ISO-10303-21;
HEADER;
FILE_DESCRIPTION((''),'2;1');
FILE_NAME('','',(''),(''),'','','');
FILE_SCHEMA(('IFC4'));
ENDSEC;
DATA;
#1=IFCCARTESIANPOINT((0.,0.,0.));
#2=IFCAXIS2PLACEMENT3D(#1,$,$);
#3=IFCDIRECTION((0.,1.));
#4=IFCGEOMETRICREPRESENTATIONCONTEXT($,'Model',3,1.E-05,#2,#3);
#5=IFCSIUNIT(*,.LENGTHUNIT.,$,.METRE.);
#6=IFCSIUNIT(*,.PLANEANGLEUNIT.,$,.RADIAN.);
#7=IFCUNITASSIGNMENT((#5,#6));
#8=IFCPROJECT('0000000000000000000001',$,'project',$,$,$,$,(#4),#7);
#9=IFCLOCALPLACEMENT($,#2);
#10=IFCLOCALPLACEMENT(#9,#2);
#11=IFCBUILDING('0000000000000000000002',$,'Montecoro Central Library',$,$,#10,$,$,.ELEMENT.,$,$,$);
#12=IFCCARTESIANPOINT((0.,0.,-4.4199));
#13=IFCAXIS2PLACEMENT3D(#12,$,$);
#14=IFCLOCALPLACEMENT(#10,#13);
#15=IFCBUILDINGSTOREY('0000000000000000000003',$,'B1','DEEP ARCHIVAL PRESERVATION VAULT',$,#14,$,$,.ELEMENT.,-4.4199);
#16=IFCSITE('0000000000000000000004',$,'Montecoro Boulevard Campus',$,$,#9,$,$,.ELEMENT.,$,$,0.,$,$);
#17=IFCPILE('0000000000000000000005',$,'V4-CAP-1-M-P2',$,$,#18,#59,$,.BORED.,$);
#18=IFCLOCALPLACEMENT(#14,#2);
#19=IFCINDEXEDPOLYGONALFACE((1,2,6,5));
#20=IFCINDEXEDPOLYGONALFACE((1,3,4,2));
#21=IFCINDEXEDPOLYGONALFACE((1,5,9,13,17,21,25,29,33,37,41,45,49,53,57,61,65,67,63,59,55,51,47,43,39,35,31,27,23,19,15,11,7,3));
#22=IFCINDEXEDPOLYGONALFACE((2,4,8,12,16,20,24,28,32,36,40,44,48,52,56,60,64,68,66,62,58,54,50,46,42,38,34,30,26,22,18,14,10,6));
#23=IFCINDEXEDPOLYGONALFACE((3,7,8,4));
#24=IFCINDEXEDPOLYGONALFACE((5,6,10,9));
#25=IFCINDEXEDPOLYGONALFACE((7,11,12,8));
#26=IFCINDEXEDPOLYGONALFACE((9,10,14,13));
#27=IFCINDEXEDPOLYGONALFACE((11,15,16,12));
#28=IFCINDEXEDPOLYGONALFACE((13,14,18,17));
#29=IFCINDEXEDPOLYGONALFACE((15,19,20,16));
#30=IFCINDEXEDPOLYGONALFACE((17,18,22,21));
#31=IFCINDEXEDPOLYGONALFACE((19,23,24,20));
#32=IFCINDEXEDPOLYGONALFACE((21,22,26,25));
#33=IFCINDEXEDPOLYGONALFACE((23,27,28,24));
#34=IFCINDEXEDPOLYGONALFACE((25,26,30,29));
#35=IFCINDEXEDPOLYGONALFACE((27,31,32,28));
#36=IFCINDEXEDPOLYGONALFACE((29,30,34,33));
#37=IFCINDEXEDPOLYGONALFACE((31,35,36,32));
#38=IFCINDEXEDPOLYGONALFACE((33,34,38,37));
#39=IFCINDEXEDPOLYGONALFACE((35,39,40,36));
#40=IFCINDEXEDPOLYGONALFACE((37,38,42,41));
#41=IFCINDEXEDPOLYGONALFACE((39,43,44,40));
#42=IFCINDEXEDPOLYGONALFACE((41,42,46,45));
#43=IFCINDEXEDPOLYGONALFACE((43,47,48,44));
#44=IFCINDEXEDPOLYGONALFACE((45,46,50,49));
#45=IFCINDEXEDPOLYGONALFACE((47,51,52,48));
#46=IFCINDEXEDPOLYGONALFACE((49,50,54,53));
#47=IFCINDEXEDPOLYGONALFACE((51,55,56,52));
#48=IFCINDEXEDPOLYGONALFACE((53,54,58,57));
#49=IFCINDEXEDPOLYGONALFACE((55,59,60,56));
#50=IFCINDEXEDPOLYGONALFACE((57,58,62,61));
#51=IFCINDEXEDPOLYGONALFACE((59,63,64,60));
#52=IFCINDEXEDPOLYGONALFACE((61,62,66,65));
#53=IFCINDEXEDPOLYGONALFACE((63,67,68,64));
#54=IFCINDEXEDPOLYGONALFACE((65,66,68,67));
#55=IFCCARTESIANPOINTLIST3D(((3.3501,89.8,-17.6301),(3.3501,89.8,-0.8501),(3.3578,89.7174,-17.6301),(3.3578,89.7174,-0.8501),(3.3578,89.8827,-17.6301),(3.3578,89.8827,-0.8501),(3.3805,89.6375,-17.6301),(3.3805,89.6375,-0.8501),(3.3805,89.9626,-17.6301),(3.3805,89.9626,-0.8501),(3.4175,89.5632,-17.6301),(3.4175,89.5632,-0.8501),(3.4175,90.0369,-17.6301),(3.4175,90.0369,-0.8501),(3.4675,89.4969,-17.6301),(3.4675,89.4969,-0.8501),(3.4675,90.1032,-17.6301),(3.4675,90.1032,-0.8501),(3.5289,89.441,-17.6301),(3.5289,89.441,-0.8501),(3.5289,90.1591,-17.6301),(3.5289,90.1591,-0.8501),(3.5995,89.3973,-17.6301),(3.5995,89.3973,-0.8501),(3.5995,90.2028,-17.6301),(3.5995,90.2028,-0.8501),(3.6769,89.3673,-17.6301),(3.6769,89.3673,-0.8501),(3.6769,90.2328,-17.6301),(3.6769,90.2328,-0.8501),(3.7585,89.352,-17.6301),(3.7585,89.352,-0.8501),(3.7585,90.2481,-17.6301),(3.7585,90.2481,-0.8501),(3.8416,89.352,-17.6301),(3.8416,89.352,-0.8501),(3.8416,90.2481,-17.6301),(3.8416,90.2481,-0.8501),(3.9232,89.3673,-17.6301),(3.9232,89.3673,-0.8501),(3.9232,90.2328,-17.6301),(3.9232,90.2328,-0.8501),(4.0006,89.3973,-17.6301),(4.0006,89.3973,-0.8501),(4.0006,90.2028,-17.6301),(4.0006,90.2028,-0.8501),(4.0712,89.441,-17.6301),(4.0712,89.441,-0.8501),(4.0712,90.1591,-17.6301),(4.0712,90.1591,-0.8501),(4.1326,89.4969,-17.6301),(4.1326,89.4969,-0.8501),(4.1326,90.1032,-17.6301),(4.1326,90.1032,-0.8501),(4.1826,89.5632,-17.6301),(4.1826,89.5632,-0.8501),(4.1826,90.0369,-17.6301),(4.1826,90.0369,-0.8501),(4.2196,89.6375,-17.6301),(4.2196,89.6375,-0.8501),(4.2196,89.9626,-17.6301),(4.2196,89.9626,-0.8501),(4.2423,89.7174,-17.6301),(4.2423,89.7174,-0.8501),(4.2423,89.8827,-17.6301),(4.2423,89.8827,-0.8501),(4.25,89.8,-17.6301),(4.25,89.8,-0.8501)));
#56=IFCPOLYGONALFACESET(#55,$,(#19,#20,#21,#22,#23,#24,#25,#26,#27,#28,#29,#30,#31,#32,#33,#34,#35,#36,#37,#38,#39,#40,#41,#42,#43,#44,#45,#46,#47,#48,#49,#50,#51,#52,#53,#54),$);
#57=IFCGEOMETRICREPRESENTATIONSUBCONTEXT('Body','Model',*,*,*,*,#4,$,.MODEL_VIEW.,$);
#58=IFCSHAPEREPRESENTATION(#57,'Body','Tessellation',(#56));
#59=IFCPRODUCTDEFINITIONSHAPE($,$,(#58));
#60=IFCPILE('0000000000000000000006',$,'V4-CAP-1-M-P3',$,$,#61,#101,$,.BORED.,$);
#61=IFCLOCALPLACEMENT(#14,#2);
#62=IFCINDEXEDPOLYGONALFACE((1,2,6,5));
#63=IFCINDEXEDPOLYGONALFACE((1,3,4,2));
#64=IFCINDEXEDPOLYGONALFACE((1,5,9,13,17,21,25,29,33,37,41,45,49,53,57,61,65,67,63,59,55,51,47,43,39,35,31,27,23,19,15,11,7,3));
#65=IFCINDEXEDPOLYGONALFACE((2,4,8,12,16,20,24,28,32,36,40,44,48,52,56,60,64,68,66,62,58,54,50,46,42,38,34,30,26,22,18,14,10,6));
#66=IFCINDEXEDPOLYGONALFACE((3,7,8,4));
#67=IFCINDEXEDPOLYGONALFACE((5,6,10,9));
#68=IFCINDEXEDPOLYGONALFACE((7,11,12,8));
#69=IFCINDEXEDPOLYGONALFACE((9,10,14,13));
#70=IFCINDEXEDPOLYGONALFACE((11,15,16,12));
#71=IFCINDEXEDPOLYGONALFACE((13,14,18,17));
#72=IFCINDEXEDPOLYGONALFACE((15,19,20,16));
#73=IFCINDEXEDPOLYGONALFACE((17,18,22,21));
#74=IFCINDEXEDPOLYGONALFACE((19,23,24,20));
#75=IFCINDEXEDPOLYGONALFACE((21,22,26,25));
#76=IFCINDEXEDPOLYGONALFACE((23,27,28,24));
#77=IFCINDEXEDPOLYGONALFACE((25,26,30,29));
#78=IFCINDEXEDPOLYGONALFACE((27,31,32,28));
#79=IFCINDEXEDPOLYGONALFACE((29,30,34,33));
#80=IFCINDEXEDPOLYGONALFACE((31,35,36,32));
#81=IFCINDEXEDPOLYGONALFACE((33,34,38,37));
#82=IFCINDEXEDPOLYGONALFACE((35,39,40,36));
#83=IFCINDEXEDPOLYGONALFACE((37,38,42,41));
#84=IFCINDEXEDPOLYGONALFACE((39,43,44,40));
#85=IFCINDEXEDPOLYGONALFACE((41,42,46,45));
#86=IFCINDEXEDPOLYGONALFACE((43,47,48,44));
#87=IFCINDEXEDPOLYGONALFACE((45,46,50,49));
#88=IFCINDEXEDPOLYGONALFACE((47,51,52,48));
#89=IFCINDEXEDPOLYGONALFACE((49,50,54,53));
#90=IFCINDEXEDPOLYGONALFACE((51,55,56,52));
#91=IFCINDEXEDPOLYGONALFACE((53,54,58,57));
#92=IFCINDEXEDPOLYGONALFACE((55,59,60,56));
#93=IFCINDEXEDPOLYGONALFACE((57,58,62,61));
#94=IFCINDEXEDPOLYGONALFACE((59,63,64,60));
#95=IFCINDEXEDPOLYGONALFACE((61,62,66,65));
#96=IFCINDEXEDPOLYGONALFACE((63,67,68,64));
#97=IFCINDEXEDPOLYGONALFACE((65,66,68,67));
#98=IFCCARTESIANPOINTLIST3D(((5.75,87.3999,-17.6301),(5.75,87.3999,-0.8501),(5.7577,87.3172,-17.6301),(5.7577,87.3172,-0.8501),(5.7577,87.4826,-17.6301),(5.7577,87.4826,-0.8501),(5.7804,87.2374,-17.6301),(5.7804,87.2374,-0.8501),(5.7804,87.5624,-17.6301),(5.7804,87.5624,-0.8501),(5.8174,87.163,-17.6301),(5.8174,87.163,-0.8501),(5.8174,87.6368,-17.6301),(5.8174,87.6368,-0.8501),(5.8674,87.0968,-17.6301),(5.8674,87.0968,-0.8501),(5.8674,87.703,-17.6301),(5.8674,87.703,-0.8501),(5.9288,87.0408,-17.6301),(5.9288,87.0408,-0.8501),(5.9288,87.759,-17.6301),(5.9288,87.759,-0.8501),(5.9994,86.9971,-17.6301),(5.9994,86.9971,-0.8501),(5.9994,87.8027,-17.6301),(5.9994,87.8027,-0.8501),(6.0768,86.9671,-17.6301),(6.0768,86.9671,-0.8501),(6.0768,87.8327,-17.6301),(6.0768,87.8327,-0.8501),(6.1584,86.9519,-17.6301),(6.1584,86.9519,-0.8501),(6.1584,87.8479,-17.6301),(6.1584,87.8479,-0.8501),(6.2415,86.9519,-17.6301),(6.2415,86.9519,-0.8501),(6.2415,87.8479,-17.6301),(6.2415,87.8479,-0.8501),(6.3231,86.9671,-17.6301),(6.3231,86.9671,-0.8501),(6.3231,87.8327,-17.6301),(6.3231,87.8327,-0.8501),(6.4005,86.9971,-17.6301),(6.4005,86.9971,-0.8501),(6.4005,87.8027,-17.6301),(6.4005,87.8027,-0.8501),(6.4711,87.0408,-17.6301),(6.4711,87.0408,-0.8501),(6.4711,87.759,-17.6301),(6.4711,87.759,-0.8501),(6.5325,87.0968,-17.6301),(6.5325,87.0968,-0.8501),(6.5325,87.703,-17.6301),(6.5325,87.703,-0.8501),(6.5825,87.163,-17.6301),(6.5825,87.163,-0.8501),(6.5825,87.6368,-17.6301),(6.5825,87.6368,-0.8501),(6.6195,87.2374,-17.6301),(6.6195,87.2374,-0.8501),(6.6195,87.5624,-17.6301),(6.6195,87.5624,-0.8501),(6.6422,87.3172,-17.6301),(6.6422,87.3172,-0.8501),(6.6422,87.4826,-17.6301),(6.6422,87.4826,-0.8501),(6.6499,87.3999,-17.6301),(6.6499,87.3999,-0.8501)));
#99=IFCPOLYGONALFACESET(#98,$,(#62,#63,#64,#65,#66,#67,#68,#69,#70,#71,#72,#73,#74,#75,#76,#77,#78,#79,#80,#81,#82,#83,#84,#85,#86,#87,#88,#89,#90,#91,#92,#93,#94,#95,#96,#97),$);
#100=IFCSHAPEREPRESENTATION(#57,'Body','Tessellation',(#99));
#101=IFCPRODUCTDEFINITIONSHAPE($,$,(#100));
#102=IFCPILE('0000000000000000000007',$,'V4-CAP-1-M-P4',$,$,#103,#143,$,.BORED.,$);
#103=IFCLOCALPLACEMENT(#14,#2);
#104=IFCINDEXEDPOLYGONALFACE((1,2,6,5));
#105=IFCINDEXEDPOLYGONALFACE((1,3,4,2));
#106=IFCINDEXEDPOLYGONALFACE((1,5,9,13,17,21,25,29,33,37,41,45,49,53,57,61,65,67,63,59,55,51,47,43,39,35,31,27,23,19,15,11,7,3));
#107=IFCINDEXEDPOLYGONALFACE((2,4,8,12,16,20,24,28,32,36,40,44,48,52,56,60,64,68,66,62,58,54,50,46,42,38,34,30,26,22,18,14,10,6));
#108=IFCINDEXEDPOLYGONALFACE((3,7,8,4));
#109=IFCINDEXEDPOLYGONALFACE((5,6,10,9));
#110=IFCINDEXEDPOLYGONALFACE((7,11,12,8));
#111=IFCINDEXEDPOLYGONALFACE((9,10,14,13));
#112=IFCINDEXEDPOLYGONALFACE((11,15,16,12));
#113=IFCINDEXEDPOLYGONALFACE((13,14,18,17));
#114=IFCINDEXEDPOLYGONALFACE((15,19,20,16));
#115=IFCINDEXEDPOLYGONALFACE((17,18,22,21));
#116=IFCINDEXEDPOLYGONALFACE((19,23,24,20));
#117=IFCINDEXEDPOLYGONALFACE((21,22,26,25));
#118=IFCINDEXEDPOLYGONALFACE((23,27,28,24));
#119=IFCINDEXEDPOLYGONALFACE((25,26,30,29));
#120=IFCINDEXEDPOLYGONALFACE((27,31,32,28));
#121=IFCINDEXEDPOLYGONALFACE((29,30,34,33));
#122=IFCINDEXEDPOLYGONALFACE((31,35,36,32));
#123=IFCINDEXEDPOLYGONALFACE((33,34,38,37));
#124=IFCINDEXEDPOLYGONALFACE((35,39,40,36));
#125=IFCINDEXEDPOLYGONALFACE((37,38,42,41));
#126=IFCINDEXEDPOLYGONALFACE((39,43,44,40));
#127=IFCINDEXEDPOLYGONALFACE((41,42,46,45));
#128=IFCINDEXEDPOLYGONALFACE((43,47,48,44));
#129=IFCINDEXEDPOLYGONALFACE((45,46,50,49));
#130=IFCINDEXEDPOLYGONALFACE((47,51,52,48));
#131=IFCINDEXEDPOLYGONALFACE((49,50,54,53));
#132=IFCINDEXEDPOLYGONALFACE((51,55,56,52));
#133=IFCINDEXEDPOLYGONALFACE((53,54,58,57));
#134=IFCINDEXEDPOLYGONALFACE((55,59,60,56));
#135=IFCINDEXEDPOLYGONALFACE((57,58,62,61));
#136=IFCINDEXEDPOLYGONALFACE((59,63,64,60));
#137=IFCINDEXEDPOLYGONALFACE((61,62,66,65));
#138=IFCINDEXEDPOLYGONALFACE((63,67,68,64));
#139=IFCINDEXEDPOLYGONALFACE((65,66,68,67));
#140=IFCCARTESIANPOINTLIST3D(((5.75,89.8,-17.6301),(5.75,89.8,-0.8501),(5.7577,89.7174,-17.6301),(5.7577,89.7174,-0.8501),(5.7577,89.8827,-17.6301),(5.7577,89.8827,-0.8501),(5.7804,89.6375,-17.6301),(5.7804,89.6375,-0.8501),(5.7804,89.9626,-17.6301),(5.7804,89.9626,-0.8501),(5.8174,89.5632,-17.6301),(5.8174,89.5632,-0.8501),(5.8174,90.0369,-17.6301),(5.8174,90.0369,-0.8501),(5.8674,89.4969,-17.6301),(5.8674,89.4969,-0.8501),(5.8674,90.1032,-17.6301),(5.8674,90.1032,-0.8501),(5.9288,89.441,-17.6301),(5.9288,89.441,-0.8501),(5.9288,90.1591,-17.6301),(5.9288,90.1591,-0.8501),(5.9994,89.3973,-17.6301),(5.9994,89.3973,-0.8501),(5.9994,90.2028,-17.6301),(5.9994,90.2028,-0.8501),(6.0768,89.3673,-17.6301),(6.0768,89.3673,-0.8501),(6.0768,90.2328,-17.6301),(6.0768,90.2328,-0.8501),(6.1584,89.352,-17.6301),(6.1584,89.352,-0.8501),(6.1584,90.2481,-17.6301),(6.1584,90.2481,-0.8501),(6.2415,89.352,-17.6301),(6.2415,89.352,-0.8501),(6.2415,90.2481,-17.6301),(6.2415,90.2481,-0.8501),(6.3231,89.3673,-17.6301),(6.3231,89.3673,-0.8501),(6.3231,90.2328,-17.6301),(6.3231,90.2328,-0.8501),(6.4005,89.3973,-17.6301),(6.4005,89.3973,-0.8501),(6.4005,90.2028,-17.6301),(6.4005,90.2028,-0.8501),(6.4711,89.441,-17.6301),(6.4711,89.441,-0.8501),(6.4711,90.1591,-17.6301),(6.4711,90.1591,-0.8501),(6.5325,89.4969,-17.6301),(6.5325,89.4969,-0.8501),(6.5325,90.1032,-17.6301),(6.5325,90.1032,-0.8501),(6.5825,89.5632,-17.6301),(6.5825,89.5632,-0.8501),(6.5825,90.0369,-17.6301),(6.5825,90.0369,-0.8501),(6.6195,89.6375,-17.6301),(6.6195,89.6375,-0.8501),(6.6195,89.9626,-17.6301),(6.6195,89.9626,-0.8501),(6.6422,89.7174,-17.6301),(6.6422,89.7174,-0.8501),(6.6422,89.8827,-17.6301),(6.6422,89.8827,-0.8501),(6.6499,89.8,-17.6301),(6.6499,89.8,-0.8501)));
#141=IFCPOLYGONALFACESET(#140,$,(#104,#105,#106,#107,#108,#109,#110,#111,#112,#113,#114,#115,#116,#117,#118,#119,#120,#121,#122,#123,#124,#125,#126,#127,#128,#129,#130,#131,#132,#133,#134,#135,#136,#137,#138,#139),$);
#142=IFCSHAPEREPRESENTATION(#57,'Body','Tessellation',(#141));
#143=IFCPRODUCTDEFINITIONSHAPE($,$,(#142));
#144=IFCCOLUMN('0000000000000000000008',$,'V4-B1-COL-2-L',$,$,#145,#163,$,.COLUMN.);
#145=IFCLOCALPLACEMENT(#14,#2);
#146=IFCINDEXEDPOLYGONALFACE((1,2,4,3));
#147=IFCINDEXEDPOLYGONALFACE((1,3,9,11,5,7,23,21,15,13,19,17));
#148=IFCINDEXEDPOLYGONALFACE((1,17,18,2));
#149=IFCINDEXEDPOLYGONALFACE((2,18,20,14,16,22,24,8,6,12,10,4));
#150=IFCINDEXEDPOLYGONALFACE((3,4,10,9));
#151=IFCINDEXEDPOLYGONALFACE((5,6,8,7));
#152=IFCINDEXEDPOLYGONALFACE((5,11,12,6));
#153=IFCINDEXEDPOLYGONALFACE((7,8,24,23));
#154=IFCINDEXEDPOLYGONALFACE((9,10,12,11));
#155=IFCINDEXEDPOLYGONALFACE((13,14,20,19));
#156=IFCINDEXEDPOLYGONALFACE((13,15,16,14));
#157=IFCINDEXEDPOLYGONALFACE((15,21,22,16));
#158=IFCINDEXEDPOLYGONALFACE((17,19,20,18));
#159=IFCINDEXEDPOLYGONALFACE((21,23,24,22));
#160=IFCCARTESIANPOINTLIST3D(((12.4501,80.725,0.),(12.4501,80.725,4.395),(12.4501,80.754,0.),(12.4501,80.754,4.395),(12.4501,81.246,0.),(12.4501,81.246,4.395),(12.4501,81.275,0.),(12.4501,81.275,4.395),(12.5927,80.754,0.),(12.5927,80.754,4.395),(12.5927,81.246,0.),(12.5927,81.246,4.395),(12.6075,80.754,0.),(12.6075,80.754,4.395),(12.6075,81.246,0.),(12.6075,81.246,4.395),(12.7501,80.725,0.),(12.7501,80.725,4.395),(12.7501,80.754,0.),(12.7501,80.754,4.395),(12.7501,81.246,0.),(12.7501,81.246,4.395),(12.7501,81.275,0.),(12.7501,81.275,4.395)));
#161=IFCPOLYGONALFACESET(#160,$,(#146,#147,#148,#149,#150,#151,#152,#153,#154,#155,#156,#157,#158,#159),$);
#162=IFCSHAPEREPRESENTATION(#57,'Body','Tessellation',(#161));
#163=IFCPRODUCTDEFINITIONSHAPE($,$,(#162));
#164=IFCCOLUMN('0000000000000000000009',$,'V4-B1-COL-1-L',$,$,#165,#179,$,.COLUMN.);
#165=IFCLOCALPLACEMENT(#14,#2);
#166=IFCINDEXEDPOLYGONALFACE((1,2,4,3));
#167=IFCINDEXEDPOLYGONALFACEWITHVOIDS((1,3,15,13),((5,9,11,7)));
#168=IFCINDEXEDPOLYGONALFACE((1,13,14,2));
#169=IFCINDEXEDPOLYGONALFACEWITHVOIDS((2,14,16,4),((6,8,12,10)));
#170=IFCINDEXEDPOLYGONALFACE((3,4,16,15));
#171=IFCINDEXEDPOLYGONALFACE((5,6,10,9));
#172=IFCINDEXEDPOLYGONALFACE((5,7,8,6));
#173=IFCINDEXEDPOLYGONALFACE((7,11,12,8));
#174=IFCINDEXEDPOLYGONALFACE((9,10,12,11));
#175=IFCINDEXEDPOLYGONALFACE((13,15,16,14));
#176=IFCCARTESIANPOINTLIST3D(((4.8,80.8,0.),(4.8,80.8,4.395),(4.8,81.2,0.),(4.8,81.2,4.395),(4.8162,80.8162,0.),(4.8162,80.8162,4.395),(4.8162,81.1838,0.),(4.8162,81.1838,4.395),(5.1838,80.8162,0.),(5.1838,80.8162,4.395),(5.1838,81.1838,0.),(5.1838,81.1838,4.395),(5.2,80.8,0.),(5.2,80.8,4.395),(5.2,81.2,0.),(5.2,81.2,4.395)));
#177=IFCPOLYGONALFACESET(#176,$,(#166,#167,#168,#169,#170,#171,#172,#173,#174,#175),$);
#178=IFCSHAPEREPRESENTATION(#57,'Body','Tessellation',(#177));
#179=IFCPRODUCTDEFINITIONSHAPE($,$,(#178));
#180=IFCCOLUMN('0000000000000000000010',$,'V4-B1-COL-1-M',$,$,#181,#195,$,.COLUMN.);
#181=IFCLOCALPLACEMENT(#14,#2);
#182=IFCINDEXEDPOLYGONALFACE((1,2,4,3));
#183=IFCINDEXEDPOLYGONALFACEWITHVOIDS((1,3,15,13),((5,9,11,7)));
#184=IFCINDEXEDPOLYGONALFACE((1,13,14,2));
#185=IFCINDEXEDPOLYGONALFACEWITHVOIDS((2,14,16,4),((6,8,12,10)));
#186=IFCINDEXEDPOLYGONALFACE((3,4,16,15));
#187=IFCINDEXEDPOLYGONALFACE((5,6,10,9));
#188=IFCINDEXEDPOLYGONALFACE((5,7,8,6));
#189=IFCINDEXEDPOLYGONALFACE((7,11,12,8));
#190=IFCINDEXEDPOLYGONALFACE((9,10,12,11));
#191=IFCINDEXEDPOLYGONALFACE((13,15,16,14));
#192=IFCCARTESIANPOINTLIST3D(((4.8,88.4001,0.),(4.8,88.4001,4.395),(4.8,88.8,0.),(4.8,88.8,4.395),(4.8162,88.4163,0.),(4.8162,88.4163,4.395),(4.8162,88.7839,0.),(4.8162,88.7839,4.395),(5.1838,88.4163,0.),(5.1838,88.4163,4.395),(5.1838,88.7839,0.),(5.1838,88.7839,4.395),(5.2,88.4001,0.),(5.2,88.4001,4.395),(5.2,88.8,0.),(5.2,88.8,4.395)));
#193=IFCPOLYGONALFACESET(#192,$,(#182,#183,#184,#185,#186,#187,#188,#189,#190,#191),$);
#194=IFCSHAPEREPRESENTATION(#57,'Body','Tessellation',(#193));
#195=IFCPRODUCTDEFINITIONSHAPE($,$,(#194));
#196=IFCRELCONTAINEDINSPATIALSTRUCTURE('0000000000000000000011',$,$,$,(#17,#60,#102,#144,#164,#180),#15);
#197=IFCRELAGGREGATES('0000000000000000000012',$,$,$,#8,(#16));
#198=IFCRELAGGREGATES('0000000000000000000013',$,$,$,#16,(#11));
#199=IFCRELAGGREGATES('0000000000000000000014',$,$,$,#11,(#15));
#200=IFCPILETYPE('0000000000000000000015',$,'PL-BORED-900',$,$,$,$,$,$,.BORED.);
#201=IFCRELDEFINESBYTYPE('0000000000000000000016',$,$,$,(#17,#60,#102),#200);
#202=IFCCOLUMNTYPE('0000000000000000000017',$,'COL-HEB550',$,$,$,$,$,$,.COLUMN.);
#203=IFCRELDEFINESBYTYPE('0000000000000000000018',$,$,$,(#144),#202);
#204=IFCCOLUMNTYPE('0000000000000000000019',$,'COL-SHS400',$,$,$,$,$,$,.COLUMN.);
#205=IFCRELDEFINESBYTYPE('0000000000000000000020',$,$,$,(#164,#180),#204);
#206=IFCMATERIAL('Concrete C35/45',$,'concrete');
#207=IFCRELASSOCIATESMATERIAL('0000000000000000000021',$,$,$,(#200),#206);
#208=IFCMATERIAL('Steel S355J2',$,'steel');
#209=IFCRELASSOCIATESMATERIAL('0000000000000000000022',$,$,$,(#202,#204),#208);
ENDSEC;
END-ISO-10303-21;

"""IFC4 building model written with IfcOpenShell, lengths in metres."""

from ifc_helpers import new_model, si_unit, direction, frame, origin, origin_2d, place, context, subcontext, project, spatial, hollow_rectangle, circle, i_section, extrude, material, material_profile, profile_set, type_object, element, save


model = new_model("IFC4")

# Units and contexts
model_context = context("Model", 3, precision=1e-05, world=origin(), true_north=direction((0.0, 1.0)))
body_context = subcontext(model_context, "Body", "Model", "MODEL_VIEW")
ifc_project = project(units=[si_unit("LENGTHUNIT", "METRE"), si_unit("PLANEANGLEUNIT", "RADIAN")], contexts=[model_context])

# Site, building, storey
site_placement = place(None, origin())
site = spatial("IfcSite", under=ifc_project, at=site_placement, Name="Montecoro Boulevard Campus", CompositionType="ELEMENT", RefElevation=0.0)
building_placement = place(site_placement, origin())
building = spatial("IfcBuilding", under=site, at=building_placement, Name="Montecoro Central Library", CompositionType="ELEMENT")
storey_placement = place(building_placement, frame((0.0, 0.0, -4.4199)))
storey = spatial("IfcBuildingStorey", under=building, at=storey_placement, Name="B1", Description="DEEP ARCHIVAL PRESERVATION VAULT", CompositionType="ELEMENT", Elevation=-4.4199)

# Shared definitions
ifc_material_1 = material(Name="Concrete C35/45", Category="concrete")

# Piles
ifc_material_profile_1 = material_profile(ifc_material_1, circle(Radius=0.45, at=origin_2d()), Name="PILE D900")
ifc_profile_set_1 = profile_set([ifc_material_profile_1], Name="Concrete C35/45")
pile_type_1 = type_object("IfcPileType", Name="PL-BORED-900", PredefinedType="BORED", material=ifc_profile_set_1)
for number, where, z_axis, x_axis, name in (
    (1, (3.8, 89.8, -0.8501), (0.0, 0.0, -1.0), (1.0, 0.0, 0.0), "V4-CAP-1-M-P2"),
    (2, (6.2, 87.3999, -0.8501), (0.0, 0.0, -1.0), (1.0, 0.0, 0.0), "V4-CAP-1-M-P3"),
    (3, (6.2, 89.8, -0.8501), (0.0, 0.0, -1.0), (1.0, 0.0, 0.0), "V4-CAP-1-M-P4"),
):
    element("IfcPile", number, at=place(storey_placement, frame(where, z_axis=z_axis, x_axis=x_axis)), inside=storey, type_object=pile_type_1, Name=name, PredefinedType="BORED", context=body_context, shape_type="SweptSolid", body=[
        extrude(circle(Radius=0.45, at=origin_2d()), origin(), (0.0, 0.0, 1.0), 16.78),
    ])

# Columns
ifc_material_2 = material(Name="Steel S355J2", Category="steel")
ifc_material_profile_2 = material_profile(ifc_material_2, i_section(OverallWidth=0.3, OverallDepth=0.55, WebThickness=0.0149, FlangeThickness=0.0291, at=origin_2d()), Name="HEB 550")
ifc_profile_set_2 = profile_set([ifc_material_profile_2], Name="Steel S355J2")
column_type_1 = type_object("IfcColumnType", Name="COL-HEB550", PredefinedType="COLUMN", material=ifc_profile_set_2)
column_placement = place(storey_placement, frame((12.6001, 81.0, 0.0), z_axis=(0.0, 0.0, 1.0), x_axis=(1.0, 0.0, 0.0)))
element("IfcColumn", 4, at=column_placement, inside=storey, type_object=column_type_1, Name="V4-B1-COL-2-L", PredefinedType="COLUMN", context=body_context, shape_type="SweptSolid", body=[
    extrude(i_section(OverallWidth=0.3, OverallDepth=0.55, WebThickness=0.0149, FlangeThickness=0.0291, at=origin_2d()), origin(), (0.0, 0.0, 1.0), 4.395),
])
ifc_material_profile_3 = material_profile(ifc_material_2, hollow_rectangle(XDim=0.3999, YDim=0.3999, WallThickness=0.0161, at=origin_2d()), Name="SHS 400x400x16.0")
ifc_profile_set_3 = profile_set([ifc_material_profile_3], Name="Steel S355J2")
column_type_2 = type_object("IfcColumnType", Name="COL-SHS400", PredefinedType="COLUMN", material=ifc_profile_set_3)
for number, where, z_axis, x_axis, name in (
    (5, (5.0, 81.0, 0.0), (0.0, 0.0, 1.0), (1.0, 0.0, 0.0), "V4-B1-COL-1-L"),
    (6, (5.0, 88.6001, 0.0), (0.0, 0.0, 1.0), (1.0, 0.0, 0.0), "V4-B1-COL-1-M"),
):
    element("IfcColumn", number, at=place(storey_placement, frame(where, z_axis=z_axis, x_axis=x_axis)), inside=storey, type_object=column_type_2, Name=name, PredefinedType="COLUMN", context=body_context, shape_type="SweptSolid", body=[
        extrude(hollow_rectangle(XDim=0.3999, YDim=0.3999, WallThickness=0.0161, at=origin_2d()), origin(), (0.0, 0.0, 1.0), 4.395),
    ])

save(model, "model.ifc")
